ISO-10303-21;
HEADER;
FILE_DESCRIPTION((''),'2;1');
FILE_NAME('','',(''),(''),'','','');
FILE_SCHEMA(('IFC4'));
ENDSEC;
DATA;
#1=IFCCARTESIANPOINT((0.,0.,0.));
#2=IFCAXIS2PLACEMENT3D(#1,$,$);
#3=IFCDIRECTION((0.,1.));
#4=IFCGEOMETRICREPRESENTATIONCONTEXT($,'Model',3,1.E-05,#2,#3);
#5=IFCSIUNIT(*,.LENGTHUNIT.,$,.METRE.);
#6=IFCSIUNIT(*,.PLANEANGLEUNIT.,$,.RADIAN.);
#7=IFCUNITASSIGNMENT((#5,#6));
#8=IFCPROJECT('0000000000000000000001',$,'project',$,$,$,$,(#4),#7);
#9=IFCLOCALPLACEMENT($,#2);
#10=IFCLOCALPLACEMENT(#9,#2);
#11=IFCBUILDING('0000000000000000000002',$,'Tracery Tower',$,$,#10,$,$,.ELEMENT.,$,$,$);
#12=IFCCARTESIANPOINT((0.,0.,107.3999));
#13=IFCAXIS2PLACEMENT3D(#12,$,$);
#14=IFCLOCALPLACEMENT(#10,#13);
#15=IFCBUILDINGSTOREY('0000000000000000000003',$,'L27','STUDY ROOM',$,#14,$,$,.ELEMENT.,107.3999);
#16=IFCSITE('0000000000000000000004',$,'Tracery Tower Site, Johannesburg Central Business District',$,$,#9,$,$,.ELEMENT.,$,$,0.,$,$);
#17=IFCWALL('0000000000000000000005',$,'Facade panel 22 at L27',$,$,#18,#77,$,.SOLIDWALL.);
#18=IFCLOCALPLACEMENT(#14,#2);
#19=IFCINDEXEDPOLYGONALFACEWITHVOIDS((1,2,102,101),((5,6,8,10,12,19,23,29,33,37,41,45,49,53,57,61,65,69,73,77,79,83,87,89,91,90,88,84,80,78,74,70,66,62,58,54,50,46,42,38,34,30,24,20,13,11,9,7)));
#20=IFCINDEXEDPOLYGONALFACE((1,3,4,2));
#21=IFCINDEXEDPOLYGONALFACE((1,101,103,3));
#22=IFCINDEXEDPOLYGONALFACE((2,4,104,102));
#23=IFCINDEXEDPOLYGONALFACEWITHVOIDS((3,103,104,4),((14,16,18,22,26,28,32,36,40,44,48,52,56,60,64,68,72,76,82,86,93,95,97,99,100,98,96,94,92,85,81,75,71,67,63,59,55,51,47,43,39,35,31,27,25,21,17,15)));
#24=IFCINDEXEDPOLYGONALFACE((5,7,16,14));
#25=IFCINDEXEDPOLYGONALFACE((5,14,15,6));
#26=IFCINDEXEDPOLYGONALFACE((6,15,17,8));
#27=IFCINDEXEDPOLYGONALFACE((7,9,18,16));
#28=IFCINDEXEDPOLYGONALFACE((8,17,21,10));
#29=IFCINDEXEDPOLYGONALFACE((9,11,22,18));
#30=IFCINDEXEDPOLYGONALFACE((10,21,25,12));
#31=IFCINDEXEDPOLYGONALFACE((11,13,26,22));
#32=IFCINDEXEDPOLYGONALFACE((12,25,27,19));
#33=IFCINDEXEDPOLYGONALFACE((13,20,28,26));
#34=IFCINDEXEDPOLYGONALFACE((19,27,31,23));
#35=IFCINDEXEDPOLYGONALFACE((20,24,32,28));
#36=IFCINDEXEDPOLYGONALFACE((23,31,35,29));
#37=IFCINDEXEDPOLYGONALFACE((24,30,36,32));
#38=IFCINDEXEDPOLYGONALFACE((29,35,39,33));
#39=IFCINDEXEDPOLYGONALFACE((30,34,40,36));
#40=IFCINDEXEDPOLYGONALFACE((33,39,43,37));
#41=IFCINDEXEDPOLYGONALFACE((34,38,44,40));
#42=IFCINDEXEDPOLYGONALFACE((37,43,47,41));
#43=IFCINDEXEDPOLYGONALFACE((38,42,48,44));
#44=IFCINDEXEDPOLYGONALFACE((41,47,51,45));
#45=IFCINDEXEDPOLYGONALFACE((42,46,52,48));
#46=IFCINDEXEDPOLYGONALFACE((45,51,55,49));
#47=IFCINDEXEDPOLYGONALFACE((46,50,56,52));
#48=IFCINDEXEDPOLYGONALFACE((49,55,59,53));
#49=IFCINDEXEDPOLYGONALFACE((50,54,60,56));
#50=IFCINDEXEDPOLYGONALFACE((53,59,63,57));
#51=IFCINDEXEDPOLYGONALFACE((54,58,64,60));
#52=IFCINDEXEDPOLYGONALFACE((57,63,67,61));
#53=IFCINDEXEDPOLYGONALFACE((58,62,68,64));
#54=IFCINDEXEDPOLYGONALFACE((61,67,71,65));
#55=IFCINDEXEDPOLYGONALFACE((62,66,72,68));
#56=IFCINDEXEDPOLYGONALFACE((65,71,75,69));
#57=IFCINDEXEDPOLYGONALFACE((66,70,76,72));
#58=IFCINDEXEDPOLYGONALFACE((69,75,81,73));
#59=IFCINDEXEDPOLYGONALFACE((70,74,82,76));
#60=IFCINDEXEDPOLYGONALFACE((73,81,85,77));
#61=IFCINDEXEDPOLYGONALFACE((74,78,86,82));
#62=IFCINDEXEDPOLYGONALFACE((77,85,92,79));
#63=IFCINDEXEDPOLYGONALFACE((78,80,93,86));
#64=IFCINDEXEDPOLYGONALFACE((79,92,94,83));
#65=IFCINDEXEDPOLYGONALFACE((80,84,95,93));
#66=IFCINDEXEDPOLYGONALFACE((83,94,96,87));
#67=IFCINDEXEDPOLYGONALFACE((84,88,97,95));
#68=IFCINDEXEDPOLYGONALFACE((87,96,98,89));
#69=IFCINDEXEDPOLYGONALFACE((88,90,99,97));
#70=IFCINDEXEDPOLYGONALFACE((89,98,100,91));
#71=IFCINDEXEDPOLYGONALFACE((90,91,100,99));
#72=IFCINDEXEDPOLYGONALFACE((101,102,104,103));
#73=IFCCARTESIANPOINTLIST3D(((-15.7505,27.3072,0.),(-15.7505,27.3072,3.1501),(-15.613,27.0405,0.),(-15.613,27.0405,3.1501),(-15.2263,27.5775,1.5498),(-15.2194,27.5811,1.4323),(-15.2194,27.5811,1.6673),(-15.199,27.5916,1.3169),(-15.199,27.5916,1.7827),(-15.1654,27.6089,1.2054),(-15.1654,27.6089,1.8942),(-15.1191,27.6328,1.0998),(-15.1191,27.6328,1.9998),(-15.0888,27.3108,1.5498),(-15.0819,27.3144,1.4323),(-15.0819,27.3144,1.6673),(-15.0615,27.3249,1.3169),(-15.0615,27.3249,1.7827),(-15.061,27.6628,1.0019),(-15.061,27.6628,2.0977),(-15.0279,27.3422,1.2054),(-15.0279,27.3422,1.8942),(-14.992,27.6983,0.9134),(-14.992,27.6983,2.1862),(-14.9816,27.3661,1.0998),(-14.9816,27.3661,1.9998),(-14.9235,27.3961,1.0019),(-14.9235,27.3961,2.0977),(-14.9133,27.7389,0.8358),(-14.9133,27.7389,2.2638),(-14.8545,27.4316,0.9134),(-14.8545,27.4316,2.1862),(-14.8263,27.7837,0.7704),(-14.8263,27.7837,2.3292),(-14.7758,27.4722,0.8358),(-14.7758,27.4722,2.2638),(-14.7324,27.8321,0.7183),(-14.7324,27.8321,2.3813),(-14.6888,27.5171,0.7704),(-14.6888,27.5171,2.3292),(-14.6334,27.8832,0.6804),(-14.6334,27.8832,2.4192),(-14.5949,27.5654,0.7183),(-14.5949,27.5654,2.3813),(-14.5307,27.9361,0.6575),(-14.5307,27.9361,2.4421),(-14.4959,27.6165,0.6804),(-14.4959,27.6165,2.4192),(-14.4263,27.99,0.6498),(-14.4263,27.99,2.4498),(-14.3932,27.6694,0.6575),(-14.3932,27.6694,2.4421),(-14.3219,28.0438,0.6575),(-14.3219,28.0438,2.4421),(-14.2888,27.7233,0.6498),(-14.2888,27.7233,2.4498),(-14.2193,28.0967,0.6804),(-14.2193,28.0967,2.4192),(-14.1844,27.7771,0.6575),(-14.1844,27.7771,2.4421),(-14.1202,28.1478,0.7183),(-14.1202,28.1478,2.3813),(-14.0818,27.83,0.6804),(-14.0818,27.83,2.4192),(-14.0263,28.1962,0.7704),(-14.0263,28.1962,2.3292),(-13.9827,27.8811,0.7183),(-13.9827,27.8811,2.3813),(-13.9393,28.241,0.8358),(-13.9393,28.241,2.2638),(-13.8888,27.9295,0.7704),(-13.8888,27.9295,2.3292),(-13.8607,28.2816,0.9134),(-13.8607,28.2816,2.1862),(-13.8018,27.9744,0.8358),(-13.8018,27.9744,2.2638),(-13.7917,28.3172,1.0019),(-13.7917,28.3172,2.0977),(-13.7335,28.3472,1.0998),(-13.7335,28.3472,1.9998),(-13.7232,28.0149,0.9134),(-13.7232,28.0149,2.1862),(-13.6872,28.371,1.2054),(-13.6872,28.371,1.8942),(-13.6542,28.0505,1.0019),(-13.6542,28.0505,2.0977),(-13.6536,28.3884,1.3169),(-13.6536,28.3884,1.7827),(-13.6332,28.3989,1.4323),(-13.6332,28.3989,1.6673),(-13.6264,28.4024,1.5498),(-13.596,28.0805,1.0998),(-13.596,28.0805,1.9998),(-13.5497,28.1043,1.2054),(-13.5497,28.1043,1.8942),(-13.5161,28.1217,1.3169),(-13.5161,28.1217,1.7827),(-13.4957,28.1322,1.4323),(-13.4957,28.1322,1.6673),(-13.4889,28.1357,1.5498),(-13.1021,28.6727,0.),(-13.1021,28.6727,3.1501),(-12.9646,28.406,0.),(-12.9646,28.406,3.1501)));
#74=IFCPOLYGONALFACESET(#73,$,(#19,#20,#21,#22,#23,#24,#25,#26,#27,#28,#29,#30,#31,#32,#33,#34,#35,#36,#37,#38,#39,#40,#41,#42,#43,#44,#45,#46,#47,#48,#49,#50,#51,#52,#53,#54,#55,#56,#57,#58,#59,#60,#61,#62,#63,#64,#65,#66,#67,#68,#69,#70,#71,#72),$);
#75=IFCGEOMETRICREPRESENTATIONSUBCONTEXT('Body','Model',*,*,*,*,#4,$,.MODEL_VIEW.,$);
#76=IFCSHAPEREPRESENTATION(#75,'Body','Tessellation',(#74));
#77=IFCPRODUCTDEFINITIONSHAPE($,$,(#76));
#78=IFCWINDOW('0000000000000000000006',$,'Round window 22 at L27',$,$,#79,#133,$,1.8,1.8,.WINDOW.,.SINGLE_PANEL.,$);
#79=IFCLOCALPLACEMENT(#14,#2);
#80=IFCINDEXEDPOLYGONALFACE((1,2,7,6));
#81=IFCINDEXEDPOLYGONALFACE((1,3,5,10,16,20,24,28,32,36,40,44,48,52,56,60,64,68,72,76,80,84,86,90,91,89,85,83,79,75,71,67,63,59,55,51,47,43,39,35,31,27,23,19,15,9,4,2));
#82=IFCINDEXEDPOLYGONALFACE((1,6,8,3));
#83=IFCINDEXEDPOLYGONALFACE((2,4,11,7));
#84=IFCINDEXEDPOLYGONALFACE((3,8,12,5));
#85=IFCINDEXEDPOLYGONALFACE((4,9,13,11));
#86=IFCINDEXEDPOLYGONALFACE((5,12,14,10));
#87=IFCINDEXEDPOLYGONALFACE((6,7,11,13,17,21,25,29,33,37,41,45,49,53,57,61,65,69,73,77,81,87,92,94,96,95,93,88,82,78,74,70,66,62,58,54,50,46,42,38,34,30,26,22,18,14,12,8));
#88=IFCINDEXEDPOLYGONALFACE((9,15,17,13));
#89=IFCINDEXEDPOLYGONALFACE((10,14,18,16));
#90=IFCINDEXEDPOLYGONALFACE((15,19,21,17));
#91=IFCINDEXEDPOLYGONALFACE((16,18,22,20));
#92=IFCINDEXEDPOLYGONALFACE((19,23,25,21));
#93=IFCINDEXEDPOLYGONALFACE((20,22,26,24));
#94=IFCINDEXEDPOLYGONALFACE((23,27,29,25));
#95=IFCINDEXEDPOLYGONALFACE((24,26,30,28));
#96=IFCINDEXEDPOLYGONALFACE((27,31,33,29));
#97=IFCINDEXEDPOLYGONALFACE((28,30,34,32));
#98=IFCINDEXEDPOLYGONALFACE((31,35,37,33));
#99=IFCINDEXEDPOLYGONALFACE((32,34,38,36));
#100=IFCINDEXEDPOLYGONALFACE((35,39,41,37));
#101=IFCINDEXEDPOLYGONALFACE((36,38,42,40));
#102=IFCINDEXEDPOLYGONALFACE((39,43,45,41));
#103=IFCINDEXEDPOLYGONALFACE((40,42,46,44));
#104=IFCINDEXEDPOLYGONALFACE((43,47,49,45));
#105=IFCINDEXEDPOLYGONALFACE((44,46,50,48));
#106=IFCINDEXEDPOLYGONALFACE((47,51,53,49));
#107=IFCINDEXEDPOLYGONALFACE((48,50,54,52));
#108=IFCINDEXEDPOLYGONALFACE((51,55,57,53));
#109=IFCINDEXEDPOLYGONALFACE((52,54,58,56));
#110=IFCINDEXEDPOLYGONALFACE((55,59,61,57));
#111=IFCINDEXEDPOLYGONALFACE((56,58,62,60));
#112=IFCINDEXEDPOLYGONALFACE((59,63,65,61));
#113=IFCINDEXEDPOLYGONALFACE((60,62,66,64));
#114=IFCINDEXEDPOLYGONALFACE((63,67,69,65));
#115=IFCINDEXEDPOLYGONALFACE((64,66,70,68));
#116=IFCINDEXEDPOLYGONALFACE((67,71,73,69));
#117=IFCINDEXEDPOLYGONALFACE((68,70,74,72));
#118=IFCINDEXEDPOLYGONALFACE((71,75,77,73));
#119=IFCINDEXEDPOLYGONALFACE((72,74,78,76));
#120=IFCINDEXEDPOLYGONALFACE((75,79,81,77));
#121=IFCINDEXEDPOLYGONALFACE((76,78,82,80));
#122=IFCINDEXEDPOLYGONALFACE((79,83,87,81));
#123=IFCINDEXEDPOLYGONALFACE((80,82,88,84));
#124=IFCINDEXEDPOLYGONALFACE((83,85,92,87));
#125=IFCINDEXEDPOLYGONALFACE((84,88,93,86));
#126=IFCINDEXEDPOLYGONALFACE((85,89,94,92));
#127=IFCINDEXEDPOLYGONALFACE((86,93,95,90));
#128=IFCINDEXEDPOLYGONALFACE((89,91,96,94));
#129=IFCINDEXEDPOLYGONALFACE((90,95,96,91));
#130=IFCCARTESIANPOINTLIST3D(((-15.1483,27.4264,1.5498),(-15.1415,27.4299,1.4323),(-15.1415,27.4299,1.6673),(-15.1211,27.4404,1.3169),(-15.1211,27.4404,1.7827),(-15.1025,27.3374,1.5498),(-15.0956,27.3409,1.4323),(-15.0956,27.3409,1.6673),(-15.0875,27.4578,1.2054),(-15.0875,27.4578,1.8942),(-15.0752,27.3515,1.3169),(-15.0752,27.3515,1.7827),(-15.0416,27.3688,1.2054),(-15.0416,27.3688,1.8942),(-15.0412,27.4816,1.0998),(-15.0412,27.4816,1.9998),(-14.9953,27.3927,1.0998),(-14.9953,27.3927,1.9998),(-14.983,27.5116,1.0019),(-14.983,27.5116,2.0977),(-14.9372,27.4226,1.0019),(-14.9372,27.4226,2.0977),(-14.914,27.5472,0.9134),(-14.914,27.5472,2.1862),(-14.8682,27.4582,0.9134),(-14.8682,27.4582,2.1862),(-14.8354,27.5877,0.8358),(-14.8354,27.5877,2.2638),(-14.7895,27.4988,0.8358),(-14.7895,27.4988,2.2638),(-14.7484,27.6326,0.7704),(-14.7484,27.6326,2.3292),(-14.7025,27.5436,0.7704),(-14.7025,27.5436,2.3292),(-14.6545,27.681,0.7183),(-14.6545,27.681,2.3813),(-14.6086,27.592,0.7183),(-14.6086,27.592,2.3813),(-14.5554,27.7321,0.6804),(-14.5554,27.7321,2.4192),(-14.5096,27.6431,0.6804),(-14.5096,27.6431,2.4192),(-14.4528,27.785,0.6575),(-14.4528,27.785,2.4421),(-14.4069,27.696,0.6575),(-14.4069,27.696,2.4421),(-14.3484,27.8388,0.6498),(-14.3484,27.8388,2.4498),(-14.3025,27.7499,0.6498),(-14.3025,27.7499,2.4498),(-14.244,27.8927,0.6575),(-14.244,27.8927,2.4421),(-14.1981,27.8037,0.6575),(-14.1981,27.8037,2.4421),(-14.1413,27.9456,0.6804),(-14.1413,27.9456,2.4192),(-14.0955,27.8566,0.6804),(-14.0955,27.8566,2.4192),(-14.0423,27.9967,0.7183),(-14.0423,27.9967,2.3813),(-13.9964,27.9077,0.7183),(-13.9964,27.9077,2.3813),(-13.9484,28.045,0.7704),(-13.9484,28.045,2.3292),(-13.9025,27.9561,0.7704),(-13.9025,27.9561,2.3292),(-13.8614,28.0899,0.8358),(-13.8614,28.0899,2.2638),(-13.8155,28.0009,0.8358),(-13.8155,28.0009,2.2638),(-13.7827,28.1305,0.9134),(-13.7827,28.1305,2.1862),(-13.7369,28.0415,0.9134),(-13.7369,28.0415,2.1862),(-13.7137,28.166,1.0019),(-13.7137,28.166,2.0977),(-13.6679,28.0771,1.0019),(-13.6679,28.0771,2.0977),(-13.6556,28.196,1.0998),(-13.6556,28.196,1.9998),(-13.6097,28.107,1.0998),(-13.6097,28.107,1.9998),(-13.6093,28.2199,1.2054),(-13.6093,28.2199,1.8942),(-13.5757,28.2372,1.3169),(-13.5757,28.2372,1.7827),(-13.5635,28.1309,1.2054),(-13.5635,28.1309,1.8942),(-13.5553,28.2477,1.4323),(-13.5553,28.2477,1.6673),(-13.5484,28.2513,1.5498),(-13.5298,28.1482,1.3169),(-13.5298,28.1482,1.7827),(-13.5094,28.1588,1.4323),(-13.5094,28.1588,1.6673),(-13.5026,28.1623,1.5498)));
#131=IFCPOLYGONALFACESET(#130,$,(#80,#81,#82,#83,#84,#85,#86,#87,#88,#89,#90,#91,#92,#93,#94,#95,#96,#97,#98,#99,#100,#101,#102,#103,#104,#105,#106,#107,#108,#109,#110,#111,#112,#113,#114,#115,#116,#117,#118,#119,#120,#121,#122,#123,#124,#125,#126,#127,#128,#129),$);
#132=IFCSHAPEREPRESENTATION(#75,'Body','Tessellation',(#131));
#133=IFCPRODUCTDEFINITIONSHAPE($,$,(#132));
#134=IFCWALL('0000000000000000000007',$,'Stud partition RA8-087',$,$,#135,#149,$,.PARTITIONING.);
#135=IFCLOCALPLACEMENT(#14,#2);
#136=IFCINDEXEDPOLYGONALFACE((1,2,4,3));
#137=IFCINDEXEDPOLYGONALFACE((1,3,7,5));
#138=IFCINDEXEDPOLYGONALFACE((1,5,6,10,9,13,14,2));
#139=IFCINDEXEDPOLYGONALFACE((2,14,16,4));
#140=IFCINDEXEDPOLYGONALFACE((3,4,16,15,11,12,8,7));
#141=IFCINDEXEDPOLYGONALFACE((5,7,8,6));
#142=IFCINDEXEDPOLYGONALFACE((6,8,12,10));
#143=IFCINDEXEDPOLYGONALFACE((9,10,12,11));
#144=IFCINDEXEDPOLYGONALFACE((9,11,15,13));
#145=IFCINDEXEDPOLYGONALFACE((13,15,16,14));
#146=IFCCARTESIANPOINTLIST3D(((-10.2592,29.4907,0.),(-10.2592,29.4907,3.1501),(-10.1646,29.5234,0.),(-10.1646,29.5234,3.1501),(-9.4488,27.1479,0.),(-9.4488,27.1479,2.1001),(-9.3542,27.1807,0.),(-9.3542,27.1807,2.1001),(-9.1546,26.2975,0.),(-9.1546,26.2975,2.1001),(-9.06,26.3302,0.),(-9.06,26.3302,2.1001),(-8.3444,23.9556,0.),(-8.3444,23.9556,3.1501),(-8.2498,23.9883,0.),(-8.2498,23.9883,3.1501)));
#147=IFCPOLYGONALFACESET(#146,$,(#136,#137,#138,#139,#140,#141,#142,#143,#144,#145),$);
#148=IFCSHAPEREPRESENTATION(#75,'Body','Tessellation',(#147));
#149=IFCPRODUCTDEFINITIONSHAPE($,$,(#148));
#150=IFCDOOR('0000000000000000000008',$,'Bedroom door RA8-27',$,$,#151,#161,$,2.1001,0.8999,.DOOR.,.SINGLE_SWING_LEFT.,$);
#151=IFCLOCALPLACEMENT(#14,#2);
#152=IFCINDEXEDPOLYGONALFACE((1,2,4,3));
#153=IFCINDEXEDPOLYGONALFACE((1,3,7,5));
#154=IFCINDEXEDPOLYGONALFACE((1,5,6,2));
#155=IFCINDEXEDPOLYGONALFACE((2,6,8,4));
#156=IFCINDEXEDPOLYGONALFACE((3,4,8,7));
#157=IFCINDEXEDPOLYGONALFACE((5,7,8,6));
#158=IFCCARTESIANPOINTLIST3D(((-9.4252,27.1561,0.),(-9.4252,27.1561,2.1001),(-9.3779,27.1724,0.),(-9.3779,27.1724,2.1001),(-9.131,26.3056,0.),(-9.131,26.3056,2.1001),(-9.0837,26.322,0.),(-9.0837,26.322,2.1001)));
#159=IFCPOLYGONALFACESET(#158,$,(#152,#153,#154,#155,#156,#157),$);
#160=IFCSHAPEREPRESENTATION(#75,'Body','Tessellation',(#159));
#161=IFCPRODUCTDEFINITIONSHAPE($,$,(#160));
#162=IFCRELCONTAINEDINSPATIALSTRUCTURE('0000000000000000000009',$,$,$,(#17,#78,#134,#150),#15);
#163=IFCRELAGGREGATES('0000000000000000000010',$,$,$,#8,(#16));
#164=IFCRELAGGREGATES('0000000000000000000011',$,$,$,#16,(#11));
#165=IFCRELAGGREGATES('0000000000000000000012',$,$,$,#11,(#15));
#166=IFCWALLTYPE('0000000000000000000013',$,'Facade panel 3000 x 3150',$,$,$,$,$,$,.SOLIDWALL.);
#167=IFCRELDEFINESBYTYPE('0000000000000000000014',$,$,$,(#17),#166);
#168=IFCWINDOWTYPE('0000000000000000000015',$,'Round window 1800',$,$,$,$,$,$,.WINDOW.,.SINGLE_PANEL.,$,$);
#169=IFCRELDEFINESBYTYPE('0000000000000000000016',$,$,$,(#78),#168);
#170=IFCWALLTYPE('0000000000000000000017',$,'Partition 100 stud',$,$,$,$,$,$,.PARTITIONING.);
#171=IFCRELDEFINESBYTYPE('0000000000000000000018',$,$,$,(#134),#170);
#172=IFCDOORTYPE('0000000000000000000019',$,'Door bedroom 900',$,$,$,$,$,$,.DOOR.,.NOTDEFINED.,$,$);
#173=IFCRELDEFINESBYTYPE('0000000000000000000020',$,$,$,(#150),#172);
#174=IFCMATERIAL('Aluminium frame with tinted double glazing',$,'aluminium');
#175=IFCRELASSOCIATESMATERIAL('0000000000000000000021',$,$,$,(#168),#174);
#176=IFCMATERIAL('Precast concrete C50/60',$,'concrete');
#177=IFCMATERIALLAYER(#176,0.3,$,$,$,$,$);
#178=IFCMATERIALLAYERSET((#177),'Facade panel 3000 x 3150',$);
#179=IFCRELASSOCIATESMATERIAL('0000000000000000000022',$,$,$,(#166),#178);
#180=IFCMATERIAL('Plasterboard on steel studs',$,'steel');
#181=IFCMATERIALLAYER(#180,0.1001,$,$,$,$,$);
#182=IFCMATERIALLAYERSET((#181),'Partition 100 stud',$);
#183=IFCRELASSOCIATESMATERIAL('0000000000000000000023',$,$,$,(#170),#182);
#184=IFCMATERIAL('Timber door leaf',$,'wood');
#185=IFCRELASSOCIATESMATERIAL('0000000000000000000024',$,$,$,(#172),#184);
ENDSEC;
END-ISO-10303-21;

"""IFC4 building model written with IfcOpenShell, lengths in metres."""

from ifc_helpers import new_model, si_unit, direction, frame, frame_2d, origin, origin_2d, place, context, subcontext, project, spatial, rectangle, circle, extrude, material, layer, layer_set, type_object, element, fill, save


model = new_model("IFC4")

# Units and contexts
model_context = context("Model", 3, precision=1e-05, world=origin(), true_north=direction((0.0, 1.0)))
body_context = subcontext(model_context, "Body", "Model", "MODEL_VIEW")
ifc_project = project(units=[si_unit("LENGTHUNIT", "METRE"), si_unit("PLANEANGLEUNIT", "RADIAN")], contexts=[model_context])

# Site, building, storey
site_placement = place(None, origin())
site = spatial("IfcSite", under=ifc_project, at=site_placement, Name="Tracery Tower Site, Johannesburg Central Business District", CompositionType="ELEMENT", RefElevation=0.0)
building_placement = place(site_placement, origin())
building = spatial("IfcBuilding", under=site, at=building_placement, Name="Tracery Tower", CompositionType="ELEMENT")
storey_placement = place(building_placement, frame((0.0, 0.0, 107.3999)))
storey = spatial("IfcBuildingStorey", under=building, at=storey_placement, Name="L27", Description="STUDY ROOM", CompositionType="ELEMENT", Elevation=107.3999)

# Wall, opening, window
ifc_material_1 = material(Name="Aluminium frame with tinted double glazing", Category="aluminium")
window_type = type_object("IfcWindowType", Name="Round window 1800", PartitioningType="SINGLE_PANEL", PredefinedType="WINDOW", material=ifc_material_1)
ifc_material_2 = material(Name="Precast concrete C50/60", Category="concrete")
ifc_layer_1 = layer(ifc_material_2, 0.3)
ifc_layer_set_1 = layer_set([ifc_layer_1], Name="Facade panel 3000 x 3150")
wall_type_1 = type_object("IfcWallType", Name="Facade panel 3000 x 3150", PredefinedType="SOLIDWALL", material=ifc_layer_set_1)
wall_1_placement = place(storey_placement, frame((-13.0334, 28.5393, 0.0), z_axis=(0.0, 0.0, 1.0), x_axis=(-0.88882, -0.458257, 0.0)))
wall_1 = element("IfcWall", 1, at=wall_1_placement, inside=storey, type_object=wall_type_1, Name="Facade panel 22 at L27", PredefinedType="SOLIDWALL", context=body_context, shape_type="SweptSolid", body=[
    extrude(rectangle(XDim=2.9797, YDim=0.3, at=frame_2d((1.4897, 0.0))), origin(), (0.0, 0.0, 1.0), 3.1501),
])
opening_1_placement = place(wall_1_placement, frame((1.4897, 0.0, 1.5498)))
opening_1 = element("IfcOpeningElement", 2, at=opening_1_placement, cuts=wall_1, PredefinedType="OPENING", context=body_context, shape_type="SweptSolid", body=[
    extrude(circle(Radius=0.9, at=origin_2d()), frame((0.0, 0.1599, 0.0), z_axis=(0.0, -1.0, 0.0), x_axis=(1.0, 0.0, 0.0)), (0.0, 0.0, 1.0), 0.3201),
])
window_1_placement = place(opening_1_placement, origin())
window_1 = element("IfcWindow", 3, at=window_1_placement, inside=storey, type_object=window_type, Name="Round window 22 at L27", OverallHeight=1.8, OverallWidth=1.8, PartitioningType="SINGLE_PANEL", PredefinedType="WINDOW", context=body_context, shape_type="SweptSolid", body=[
    extrude(circle(Radius=0.9, at=origin_2d()), frame((0.0, 0.1201, 0.0), z_axis=(0.0, -1.0, 0.0), x_axis=(1.0, 0.0, 0.0)), (0.0, 0.0, 1.0), 0.1001),
])
fill(opening_1, window_1)

# Wall, opening, door
ifc_material_3 = material(Name="Plasterboard on steel studs", Category="steel")
ifc_layer_2 = layer(ifc_material_3, 0.1001)
ifc_layer_set_2 = layer_set([ifc_layer_2], Name="Partition 100 stud")
wall_type_2 = type_object("IfcWallType", Name="Partition 100 stud", PredefinedType="PARTITIONING", material=ifc_layer_set_2)
wall_2_placement = place(storey_placement, frame((-10.2119, 29.5071, 0.0), z_axis=(0.0, 0.0, 1.0), x_axis=(0.326924, -0.94505, 0.0)))
wall_2 = element("IfcWall", 4, at=wall_2_placement, inside=storey, type_object=wall_type_2, Name="Stud partition RA8-087", PredefinedType="PARTITIONING", context=body_context, shape_type="SweptSolid", body=[
    extrude(rectangle(XDim=5.8569, YDim=0.1001, at=frame_2d((2.9285, 0.0))), origin(), (0.0, 0.0, 1.0), 3.1501),
])
opening_2_placement = place(wall_2_placement, frame((2.479, 0.0, 0.0)))
opening_2 = element("IfcOpeningElement", 5, at=opening_2_placement, cuts=wall_2, PredefinedType="OPENING", context=body_context, shape_type="SweptSolid", body=[
    extrude(rectangle(XDim=0.8999, YDim=2.1001, at=frame_2d((0.45, 1.05))), frame((0.0, 0.05, 0.0), z_axis=(0.0, -1.0, 0.0), x_axis=(1.0, 0.0, 0.0)), (0.0, 0.0, 1.0), 0.1001),
])
ifc_material_4 = material(Name="Timber door leaf", Category="wood")
door_type_1 = type_object("IfcDoorType", Name="Door bedroom 900", OperationType="NOTDEFINED", PredefinedType="DOOR", material=ifc_material_4)
door_1_placement = place(opening_2_placement, origin())
door_1 = element("IfcDoor", 6, at=door_1_placement, inside=storey, type_object=door_type_1, Name="Bedroom door RA8-27", OperationType="SINGLE_SWING_LEFT", OverallHeight=2.1001, OverallWidth=0.8999, PredefinedType="DOOR", context=body_context, shape_type="SweptSolid", body=[
    extrude(rectangle(XDim=0.8999, YDim=2.1001, at=frame_2d((0.45, 1.05))), frame((0.0, 0.0249, 0.0), z_axis=(0.0, -1.0, 0.0), x_axis=(1.0, 0.0, 0.0)), (0.0, 0.0, 1.0), 0.05),
])
fill(opening_2, door_1)

save(model, "model.ifc")
